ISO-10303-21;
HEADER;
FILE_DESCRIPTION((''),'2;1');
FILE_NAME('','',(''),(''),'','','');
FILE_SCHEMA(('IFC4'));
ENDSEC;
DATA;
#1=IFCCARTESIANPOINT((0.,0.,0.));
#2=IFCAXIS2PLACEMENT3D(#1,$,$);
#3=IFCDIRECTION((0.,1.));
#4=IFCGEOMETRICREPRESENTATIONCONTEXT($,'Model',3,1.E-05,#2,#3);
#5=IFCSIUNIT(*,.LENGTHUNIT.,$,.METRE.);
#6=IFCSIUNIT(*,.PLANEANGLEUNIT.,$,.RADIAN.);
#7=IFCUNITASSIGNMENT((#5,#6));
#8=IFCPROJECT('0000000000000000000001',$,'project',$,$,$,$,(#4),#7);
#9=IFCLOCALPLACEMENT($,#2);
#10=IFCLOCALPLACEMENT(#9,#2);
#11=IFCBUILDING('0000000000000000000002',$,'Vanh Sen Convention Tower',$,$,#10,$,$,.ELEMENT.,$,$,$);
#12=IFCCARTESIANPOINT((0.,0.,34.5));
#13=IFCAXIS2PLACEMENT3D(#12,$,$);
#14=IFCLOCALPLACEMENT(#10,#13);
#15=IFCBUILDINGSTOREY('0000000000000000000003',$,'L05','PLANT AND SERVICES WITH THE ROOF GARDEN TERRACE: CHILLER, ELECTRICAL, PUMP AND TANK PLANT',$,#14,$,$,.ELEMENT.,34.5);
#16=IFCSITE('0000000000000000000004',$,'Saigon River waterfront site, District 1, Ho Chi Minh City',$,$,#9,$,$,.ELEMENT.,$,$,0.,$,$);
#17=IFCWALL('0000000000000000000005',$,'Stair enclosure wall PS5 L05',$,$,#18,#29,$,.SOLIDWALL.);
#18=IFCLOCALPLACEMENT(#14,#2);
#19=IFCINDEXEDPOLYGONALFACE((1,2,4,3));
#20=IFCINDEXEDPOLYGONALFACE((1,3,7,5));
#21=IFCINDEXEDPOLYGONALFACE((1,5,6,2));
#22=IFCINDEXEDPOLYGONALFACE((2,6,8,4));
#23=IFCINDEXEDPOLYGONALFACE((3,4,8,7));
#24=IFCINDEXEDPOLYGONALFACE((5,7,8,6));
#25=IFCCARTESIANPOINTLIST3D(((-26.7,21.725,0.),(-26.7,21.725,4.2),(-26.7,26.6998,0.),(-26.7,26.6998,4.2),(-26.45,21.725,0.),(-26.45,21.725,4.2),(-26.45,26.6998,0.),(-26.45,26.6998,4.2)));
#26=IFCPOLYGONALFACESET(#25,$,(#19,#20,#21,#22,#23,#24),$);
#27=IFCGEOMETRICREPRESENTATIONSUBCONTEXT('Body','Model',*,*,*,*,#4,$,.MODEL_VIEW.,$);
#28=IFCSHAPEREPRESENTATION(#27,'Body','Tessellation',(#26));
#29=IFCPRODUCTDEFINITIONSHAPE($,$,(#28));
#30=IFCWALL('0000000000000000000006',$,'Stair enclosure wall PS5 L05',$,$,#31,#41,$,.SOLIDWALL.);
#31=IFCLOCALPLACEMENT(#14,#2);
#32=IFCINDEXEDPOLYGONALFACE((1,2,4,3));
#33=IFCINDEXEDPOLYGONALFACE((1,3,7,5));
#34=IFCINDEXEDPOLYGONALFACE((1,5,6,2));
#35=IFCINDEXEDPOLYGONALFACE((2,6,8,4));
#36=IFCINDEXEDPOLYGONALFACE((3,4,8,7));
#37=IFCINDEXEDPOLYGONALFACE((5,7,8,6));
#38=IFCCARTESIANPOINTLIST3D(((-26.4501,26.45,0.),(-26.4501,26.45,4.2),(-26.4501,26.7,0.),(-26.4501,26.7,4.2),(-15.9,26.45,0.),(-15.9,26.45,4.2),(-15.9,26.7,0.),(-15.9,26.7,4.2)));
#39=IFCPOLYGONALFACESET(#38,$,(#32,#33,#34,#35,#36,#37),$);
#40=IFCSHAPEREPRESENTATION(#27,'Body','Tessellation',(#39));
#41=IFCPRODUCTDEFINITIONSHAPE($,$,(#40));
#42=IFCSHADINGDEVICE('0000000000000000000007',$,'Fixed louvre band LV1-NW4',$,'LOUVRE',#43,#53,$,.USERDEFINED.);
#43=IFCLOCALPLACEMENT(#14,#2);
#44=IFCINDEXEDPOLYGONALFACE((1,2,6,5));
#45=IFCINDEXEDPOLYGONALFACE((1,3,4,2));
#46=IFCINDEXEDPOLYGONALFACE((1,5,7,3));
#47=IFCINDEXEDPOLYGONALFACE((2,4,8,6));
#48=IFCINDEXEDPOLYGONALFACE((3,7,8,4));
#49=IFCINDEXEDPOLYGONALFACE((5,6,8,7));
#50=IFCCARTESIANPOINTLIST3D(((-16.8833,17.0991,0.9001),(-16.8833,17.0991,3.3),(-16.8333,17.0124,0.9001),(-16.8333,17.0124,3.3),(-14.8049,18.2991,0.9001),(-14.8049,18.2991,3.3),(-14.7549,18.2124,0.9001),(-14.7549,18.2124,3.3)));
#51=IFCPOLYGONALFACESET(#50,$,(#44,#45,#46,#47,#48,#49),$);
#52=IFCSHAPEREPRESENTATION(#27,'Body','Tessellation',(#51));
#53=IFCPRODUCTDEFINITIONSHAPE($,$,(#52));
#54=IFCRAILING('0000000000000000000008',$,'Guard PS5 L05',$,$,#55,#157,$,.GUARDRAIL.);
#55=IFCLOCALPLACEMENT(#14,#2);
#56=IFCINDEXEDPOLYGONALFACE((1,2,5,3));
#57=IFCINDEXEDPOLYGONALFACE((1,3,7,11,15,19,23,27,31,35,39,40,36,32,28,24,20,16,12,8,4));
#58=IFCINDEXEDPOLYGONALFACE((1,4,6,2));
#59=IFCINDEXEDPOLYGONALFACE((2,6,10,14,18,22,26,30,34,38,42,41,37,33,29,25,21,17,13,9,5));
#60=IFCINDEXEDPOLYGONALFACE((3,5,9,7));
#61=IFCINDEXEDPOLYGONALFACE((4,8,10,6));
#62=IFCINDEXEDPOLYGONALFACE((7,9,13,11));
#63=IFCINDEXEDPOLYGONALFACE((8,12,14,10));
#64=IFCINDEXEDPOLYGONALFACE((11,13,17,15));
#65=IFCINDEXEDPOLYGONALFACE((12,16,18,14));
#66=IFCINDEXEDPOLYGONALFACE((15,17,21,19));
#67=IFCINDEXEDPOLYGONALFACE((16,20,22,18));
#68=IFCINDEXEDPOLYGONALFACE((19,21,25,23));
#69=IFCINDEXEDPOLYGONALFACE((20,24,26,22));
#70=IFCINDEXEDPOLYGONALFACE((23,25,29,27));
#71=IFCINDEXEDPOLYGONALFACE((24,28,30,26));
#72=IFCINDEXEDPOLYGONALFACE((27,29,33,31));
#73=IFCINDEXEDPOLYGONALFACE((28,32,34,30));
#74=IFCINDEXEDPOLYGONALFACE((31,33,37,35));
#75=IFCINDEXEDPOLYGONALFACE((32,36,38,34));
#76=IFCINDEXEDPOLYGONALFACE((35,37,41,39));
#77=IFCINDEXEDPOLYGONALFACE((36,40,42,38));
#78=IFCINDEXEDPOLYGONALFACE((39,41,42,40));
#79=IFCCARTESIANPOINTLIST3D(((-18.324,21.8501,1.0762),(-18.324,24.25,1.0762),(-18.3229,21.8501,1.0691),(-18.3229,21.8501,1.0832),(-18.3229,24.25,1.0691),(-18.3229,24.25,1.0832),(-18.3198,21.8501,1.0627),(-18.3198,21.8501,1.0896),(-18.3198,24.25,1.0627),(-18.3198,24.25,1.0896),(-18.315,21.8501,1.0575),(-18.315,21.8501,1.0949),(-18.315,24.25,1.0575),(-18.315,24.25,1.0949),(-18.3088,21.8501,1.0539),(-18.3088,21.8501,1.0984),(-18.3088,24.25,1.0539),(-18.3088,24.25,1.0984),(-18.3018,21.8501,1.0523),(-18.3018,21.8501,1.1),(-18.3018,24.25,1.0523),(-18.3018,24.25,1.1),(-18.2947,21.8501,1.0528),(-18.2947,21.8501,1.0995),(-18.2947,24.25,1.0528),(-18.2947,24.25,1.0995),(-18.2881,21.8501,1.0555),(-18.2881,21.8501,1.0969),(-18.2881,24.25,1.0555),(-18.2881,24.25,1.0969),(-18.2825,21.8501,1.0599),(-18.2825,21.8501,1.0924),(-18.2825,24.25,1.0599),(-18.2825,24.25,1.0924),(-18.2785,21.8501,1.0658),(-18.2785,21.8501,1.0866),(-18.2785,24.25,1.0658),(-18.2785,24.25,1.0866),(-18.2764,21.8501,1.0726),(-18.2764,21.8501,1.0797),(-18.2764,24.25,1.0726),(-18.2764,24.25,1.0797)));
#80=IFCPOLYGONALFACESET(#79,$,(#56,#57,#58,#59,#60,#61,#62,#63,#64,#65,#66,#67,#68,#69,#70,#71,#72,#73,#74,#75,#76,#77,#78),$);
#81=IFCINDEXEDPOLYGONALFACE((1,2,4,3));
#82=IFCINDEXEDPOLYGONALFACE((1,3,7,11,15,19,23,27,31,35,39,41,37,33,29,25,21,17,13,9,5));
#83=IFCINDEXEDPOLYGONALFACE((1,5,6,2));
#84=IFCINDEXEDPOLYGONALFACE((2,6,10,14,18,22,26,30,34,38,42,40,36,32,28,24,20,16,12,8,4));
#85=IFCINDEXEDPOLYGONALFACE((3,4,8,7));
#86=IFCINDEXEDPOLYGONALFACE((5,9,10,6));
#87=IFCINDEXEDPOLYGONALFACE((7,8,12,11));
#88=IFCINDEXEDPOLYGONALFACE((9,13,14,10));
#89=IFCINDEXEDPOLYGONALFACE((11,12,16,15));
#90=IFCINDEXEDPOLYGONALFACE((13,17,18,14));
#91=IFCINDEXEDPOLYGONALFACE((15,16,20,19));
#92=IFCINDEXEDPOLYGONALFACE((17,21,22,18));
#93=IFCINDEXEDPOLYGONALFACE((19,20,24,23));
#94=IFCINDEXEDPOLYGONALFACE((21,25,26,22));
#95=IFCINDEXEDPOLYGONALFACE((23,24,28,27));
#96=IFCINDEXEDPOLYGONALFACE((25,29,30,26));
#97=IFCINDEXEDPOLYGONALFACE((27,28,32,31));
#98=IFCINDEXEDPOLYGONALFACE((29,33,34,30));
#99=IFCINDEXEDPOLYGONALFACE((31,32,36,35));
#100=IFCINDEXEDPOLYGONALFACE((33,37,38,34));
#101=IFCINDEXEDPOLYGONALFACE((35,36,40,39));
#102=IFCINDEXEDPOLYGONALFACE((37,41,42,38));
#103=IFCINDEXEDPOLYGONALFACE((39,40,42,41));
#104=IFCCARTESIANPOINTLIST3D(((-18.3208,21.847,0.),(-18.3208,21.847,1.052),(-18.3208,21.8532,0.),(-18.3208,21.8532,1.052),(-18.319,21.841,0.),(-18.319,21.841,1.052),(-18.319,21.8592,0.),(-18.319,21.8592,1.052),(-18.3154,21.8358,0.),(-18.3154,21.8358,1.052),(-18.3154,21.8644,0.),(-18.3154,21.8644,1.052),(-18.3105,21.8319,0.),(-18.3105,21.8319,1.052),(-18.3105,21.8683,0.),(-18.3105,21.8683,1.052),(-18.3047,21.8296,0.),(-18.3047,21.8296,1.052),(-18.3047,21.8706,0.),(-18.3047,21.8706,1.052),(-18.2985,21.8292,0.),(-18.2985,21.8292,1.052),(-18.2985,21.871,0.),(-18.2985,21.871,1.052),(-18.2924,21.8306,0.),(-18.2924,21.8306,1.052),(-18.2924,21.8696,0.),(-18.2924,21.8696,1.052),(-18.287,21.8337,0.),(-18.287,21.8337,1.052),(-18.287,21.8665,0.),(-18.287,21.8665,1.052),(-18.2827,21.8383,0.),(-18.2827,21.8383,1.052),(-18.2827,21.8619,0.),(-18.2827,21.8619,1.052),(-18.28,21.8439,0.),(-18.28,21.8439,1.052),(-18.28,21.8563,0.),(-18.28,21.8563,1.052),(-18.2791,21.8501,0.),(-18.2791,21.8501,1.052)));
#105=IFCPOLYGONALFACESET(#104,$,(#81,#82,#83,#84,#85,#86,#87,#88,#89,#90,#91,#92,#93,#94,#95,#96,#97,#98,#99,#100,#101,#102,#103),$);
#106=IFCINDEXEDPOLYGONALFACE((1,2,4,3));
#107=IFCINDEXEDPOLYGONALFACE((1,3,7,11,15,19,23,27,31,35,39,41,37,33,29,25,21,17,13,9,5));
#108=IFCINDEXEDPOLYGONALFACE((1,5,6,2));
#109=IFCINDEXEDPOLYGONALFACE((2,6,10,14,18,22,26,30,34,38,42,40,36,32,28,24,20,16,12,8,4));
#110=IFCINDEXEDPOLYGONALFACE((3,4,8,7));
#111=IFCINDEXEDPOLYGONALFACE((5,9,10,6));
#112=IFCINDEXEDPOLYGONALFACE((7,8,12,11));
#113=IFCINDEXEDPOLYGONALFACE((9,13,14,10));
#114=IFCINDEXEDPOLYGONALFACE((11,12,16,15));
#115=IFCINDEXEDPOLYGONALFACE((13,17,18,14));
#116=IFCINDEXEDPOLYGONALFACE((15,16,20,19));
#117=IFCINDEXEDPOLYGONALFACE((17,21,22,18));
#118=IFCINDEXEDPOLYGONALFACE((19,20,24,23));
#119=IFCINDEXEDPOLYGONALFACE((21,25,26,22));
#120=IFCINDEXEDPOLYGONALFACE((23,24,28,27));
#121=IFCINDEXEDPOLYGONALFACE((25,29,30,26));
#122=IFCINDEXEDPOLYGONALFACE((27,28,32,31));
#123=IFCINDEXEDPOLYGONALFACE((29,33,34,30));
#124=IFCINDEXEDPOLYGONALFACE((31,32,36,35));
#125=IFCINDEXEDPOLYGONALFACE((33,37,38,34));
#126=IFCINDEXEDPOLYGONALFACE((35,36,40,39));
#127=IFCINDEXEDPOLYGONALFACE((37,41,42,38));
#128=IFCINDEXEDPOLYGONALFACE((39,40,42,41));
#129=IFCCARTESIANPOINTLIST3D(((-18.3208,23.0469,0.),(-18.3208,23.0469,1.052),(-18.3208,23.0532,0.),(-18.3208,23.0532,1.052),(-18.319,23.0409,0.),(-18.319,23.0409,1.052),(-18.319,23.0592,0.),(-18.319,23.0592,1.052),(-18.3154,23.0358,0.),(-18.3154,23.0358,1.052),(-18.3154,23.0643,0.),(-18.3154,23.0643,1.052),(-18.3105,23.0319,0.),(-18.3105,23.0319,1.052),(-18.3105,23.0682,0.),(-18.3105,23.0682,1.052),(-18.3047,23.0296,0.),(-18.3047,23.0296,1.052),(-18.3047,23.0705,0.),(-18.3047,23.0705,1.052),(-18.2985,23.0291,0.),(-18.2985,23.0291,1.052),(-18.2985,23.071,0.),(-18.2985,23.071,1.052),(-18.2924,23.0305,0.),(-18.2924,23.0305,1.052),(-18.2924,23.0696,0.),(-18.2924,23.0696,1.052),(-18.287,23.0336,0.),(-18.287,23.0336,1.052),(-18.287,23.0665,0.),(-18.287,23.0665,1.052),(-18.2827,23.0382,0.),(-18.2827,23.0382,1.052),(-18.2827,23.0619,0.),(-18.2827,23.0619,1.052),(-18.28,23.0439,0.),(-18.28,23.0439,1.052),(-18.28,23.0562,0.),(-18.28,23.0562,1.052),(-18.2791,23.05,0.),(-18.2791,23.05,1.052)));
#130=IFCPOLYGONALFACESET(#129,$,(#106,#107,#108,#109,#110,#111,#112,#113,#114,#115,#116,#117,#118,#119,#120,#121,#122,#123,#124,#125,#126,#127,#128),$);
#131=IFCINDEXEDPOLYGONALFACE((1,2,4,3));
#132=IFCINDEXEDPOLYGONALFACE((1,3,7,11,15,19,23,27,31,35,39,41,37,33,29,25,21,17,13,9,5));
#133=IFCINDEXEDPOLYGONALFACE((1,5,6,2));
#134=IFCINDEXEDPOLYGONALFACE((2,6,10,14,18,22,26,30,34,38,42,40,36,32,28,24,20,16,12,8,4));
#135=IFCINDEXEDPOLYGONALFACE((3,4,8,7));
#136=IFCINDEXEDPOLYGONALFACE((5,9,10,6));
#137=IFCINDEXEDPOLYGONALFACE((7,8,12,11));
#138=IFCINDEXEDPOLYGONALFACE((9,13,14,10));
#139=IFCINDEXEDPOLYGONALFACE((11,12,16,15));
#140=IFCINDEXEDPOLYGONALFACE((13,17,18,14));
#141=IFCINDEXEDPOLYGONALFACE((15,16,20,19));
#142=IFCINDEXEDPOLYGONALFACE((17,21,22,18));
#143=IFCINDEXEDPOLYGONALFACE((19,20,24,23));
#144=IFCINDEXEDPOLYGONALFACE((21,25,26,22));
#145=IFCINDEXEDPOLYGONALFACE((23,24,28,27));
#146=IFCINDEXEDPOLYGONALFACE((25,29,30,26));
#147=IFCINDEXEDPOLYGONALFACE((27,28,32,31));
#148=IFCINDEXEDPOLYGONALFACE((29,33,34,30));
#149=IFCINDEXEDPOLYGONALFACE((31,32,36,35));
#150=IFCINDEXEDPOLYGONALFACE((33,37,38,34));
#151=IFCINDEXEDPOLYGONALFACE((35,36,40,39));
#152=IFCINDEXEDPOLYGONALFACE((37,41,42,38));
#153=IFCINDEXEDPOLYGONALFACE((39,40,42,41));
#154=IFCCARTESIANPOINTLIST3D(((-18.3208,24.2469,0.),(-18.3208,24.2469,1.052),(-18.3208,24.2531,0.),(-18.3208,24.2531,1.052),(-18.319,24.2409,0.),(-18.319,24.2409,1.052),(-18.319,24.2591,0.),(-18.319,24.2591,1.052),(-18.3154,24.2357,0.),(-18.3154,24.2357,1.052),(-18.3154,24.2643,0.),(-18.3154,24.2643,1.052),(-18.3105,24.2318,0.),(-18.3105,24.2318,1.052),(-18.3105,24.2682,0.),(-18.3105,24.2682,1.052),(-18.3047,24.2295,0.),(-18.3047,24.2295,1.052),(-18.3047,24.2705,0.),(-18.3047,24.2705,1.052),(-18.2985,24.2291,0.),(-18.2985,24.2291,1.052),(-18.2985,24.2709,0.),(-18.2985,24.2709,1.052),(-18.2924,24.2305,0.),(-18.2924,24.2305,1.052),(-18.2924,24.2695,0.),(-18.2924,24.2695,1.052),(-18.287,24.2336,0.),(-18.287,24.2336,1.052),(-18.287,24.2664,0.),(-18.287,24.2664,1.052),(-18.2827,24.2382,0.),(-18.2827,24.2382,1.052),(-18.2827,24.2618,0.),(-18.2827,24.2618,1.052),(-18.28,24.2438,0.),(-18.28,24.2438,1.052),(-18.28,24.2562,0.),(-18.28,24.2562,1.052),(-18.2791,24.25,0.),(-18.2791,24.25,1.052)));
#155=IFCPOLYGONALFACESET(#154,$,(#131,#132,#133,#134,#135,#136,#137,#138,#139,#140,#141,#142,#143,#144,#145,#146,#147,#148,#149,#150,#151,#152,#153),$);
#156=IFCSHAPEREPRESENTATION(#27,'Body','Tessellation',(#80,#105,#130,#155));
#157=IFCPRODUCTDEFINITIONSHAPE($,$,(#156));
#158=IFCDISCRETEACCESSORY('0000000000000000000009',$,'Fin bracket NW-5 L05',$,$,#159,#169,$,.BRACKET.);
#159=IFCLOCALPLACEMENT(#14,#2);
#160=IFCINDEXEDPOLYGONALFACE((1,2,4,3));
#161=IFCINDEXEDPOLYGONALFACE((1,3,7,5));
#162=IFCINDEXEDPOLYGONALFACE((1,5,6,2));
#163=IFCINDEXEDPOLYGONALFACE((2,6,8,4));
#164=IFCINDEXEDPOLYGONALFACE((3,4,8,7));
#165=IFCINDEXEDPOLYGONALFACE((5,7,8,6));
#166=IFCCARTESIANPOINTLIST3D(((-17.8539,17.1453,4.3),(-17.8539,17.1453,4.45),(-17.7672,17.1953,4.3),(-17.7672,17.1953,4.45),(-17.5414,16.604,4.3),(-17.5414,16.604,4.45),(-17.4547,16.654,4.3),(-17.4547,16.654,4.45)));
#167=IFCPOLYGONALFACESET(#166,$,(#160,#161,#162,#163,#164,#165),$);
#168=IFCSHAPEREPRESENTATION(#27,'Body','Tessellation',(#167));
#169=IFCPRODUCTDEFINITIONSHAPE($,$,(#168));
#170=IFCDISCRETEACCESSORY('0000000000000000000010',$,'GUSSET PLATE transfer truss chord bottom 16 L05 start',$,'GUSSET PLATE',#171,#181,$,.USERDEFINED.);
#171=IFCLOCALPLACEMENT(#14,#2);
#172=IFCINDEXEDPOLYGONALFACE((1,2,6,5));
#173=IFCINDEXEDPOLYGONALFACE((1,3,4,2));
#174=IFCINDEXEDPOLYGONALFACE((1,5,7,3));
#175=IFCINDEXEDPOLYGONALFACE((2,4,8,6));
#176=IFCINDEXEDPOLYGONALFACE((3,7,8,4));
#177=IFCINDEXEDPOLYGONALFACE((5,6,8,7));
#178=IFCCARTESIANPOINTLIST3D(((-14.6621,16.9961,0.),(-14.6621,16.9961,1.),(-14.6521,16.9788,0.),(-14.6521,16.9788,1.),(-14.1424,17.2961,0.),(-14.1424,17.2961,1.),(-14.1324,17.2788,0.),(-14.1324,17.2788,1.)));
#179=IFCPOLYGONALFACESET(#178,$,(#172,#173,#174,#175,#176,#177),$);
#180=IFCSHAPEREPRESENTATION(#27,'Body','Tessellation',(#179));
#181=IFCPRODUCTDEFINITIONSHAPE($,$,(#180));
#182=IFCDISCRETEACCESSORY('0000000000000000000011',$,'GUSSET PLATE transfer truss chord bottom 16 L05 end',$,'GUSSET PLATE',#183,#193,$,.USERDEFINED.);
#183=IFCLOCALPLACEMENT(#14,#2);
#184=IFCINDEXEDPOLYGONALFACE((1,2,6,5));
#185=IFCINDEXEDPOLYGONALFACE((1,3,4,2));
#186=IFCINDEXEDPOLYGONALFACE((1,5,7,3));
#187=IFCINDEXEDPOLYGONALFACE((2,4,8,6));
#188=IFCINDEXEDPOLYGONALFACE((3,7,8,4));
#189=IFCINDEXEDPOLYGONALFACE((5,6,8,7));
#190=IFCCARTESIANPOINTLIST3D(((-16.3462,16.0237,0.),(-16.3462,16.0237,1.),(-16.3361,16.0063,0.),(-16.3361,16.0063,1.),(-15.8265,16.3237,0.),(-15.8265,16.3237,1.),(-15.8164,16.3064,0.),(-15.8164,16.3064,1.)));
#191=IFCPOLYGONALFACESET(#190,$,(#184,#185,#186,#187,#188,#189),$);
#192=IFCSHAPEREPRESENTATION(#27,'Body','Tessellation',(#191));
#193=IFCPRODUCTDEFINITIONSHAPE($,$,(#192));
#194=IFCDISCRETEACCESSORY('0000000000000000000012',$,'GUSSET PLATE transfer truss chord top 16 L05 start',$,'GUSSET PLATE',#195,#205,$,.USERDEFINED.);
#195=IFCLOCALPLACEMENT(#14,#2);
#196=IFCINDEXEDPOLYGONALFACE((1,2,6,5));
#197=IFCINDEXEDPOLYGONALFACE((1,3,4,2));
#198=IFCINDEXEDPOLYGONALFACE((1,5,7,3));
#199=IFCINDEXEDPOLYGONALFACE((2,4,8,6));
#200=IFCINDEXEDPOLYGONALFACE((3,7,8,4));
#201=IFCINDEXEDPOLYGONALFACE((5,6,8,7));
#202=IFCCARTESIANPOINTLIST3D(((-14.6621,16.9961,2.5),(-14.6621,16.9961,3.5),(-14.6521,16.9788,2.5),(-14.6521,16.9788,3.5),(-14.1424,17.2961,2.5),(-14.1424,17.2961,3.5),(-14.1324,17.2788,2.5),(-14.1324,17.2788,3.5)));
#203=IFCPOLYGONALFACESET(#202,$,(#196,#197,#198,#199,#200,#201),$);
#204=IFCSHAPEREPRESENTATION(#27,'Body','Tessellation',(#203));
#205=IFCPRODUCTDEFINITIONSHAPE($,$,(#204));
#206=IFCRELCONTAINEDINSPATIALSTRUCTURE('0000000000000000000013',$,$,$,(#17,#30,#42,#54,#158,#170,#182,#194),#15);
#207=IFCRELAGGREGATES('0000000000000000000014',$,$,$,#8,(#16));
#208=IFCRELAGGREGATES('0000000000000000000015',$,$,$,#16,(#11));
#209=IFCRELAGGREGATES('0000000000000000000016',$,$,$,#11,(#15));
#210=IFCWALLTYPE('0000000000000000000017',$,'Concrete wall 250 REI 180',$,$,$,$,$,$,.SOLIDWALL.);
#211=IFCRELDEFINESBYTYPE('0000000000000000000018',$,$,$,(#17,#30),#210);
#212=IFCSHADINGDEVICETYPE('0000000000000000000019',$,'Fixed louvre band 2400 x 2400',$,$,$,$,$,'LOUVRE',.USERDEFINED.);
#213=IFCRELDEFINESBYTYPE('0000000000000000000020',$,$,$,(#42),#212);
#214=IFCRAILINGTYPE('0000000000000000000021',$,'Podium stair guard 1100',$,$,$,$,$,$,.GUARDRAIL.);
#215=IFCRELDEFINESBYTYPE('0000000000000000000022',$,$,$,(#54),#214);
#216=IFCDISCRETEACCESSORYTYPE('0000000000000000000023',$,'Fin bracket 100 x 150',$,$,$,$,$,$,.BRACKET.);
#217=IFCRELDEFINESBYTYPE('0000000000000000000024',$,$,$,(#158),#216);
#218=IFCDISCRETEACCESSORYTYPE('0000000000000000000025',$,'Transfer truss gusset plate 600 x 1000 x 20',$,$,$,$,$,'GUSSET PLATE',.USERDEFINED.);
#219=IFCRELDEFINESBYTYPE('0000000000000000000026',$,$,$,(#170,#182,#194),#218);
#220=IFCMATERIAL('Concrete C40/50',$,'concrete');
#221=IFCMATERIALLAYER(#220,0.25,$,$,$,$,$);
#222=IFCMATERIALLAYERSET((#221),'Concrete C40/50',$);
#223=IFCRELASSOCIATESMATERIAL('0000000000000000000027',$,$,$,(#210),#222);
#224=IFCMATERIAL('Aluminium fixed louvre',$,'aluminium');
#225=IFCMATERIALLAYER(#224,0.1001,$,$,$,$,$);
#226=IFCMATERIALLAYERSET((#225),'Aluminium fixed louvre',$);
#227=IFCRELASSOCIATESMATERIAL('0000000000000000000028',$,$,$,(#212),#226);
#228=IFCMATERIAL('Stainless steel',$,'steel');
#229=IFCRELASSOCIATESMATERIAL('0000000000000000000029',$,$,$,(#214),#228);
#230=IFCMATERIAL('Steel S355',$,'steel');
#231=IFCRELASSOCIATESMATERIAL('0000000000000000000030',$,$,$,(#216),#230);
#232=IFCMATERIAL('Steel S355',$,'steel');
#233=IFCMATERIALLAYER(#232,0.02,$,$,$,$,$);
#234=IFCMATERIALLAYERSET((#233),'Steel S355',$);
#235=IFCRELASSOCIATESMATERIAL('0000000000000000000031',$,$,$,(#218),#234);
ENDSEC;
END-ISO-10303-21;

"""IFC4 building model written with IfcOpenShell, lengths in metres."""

from ifc_helpers import new_model, si_unit, direction, frame, frame_2d, origin, origin_2d, place, context, subcontext, project, spatial, rectangle, circle, extrude, material, layer, layer_set, type_object, element, save


model = new_model("IFC4")

# Units and contexts
model_context = context("Model", 3, precision=1e-05, world=origin(), true_north=direction((0.0, 1.0)))
body_context = subcontext(model_context, "Body", "Model", "MODEL_VIEW")
ifc_project = project(units=[si_unit("LENGTHUNIT", "METRE"), si_unit("PLANEANGLEUNIT", "RADIAN")], contexts=[model_context])

# Site, building, storey
site_placement = place(None, origin())
site = spatial("IfcSite", under=ifc_project, at=site_placement, Name="Saigon River waterfront site, District 1, Ho Chi Minh City", CompositionType="ELEMENT", RefElevation=0.0)
building_placement = place(site_placement, origin())
building = spatial("IfcBuilding", under=site, at=building_placement, Name="Vanh Sen Convention Tower", CompositionType="ELEMENT")
storey_placement = place(building_placement, frame((0.0, 0.0, 34.5)))
storey = spatial("IfcBuildingStorey", under=building, at=storey_placement, Name="L05", Description="PLANT AND SERVICES WITH THE ROOF GARDEN TERRACE: CHILLER, ELECTRICAL, PUMP AND TANK PLANT", CompositionType="ELEMENT", Elevation=34.5)

# Shared definitions
ifc_material_1 = material(Name="Steel S355", Category="steel")

# Shared definitions
ifc_material_2 = material(Name="Concrete C40/50", Category="concrete")
ifc_layer_1 = layer(ifc_material_2, 0.25)
ifc_layer_set_1 = layer_set([ifc_layer_1], Name="Concrete C40/50")
wall_type = type_object("IfcWallType", Name="Concrete wall 250 REI 180", PredefinedType="SOLIDWALL", material=ifc_layer_set_1)

# Walls
wall_1_placement = place(storey_placement, frame((-26.575, 21.7251, 0.0), z_axis=(0.0, 0.0, 1.0), x_axis=(0.0, 1.0, 0.0)))
element("IfcWall", 1, at=wall_1_placement, inside=storey, type_object=wall_type, Name="Stair enclosure wall PS5 L05", PredefinedType="SOLIDWALL", context=body_context, shape_type="SweptSolid", body=[
    extrude(rectangle(XDim=4.9749, YDim=0.25, at=frame_2d((2.4873, 0.0))), origin(), (0.0, 0.0, 1.0), 4.2),
])
wall_2_placement = place(storey_placement, frame((-26.45, 26.575, 0.0), z_axis=(0.0, 0.0, 1.0), x_axis=(1.0, 0.0, 0.0)))
element("IfcWall", 2, at=wall_2_placement, inside=storey, type_object=wall_type, Name="Stair enclosure wall PS5 L05", PredefinedType="SOLIDWALL", context=body_context, shape_type="SweptSolid", body=[
    extrude(rectangle(XDim=10.55, YDim=0.25, at=frame_2d((5.2749, 0.0))), origin(), (0.0, 0.0, 1.0), 4.2),
])

# Shading device
ifc_material_3 = material(Name="Aluminium fixed louvre", Category="aluminium")
ifc_layer_2 = layer(ifc_material_3, 0.1001)
ifc_layer_set_2 = layer_set([ifc_layer_2], Name="Aluminium fixed louvre")
shading_device_type = type_object("IfcShadingDeviceType", Name="Fixed louvre band 2400 x 2400", ElementType="LOUVRE", PredefinedType="USERDEFINED", material=ifc_layer_set_2)
shading_device_placement = place(storey_placement, frame((-15.8191, 17.6558, 0.9001), z_axis=(0.0, 0.0, 1.0), x_axis=(-0.866025, -0.500002, 0.0)))
element("IfcShadingDevice", 3, at=shading_device_placement, inside=storey, type_object=shading_device_type, Name="Fixed louvre band LV1-NW4", ObjectType="LOUVRE", PredefinedType="USERDEFINED", context=body_context, shape_type="SweptSolid", body=[
    extrude(rectangle(XDim=2.3999, YDim=0.1001, at=origin_2d()), origin(), (0.0, 0.0, 1.0), 2.3999),
])

# Railing
ifc_material_4 = material(Name="Stainless steel", Category="steel")
railing_type_1 = type_object("IfcRailingType", Name="Podium stair guard 1100", PredefinedType="GUARDRAIL", material=ifc_material_4)
railing_1_placement = place(storey_placement, frame((-18.3, 21.8501, 0.0)))
element("IfcRailing", 4, at=railing_1_placement, inside=storey, type_object=railing_type_1, Name="Guard PS5 L05", PredefinedType="GUARDRAIL", context=body_context, shape_type="SweptSolid", body=[
    extrude(circle(Radius=0.0239, at=origin_2d()), frame((0.0, 0.0, 1.0762), z_axis=(0.0, 1.0, 0.0), x_axis=(-1.0, 0.0, 0.0)), (0.0, 0.0, 1.0), 2.3999),
    extrude(circle(Radius=0.021, at=origin_2d()), origin(), (0.0, 0.0, 1.0), 1.052),
    extrude(circle(Radius=0.021, at=origin_2d()), frame((0.0, 1.2, 0.0)), (0.0, 0.0, 1.0), 1.052),
    extrude(circle(Radius=0.021, at=origin_2d()), frame((0.0, 2.3999, 0.0)), (0.0, 0.0, 1.0), 1.052),
])

# Discrete accessories
ifc_material_5 = material(Name="Steel S355", Category="steel")
discrete_accessory_type_1 = type_object("IfcDiscreteAccessoryType", Name="Fin bracket 100 x 150", PredefinedType="BRACKET", material=ifc_material_5)
discrete_accessory_1_placement = place(storey_placement, frame((-17.6543, 16.8997, 4.3), z_axis=(0.0, 0.0, 1.0), x_axis=(-0.5, 0.866025, 0.0)))
element("IfcDiscreteAccessory", 5, at=discrete_accessory_1_placement, inside=storey, type_object=discrete_accessory_type_1, Name="Fin bracket NW-5 L05", PredefinedType="BRACKET", context=body_context, shape_type="SweptSolid", body=[
    extrude(rectangle(XDim=0.625, YDim=0.1001, at=origin_2d()), origin(), (0.0, 0.0, 1.0), 0.1499),
])
ifc_layer_3 = layer(ifc_material_1, 0.02)
ifc_layer_set_3 = layer_set([ifc_layer_3], Name="Steel S355")
discrete_accessory_type_2 = type_object("IfcDiscreteAccessoryType", Name="Transfer truss gusset plate 600 x 1000 x 20", ElementType="GUSSET PLATE", PredefinedType="USERDEFINED", material=ifc_layer_set_3)
for number, where, z_axis, x_axis, name in (
    (6, (-14.3972, 17.1375, 0.0), (0.0, 0.0, 1.0), (-0.866028, -0.499995, 0.0), "GUSSET PLATE transfer truss chord bottom 16 L05 start"),
    (7, (-16.0813, 16.165, 0.0), (0.0, 0.0, 1.0), (0.866028, 0.499995, 0.0), "GUSSET PLATE transfer truss chord bottom 16 L05 end"),
    (8, (-14.3972, 17.1375, 2.5), (0.0, 0.0, 1.0), (-0.866028, -0.499995, 0.0), "GUSSET PLATE transfer truss chord top 16 L05 start"),
):
    element("IfcDiscreteAccessory", number, at=place(storey_placement, frame(where, z_axis=z_axis, x_axis=x_axis)), inside=storey, type_object=discrete_accessory_type_2, Name=name, ObjectType="GUSSET PLATE", PredefinedType="USERDEFINED", context=body_context, shape_type="SweptSolid", body=[
        extrude(rectangle(XDim=0.6001, YDim=0.02, at=origin_2d()), origin(), (0.0, 0.0, 1.0), 1.0),
    ])

save(model, "model.ifc")
